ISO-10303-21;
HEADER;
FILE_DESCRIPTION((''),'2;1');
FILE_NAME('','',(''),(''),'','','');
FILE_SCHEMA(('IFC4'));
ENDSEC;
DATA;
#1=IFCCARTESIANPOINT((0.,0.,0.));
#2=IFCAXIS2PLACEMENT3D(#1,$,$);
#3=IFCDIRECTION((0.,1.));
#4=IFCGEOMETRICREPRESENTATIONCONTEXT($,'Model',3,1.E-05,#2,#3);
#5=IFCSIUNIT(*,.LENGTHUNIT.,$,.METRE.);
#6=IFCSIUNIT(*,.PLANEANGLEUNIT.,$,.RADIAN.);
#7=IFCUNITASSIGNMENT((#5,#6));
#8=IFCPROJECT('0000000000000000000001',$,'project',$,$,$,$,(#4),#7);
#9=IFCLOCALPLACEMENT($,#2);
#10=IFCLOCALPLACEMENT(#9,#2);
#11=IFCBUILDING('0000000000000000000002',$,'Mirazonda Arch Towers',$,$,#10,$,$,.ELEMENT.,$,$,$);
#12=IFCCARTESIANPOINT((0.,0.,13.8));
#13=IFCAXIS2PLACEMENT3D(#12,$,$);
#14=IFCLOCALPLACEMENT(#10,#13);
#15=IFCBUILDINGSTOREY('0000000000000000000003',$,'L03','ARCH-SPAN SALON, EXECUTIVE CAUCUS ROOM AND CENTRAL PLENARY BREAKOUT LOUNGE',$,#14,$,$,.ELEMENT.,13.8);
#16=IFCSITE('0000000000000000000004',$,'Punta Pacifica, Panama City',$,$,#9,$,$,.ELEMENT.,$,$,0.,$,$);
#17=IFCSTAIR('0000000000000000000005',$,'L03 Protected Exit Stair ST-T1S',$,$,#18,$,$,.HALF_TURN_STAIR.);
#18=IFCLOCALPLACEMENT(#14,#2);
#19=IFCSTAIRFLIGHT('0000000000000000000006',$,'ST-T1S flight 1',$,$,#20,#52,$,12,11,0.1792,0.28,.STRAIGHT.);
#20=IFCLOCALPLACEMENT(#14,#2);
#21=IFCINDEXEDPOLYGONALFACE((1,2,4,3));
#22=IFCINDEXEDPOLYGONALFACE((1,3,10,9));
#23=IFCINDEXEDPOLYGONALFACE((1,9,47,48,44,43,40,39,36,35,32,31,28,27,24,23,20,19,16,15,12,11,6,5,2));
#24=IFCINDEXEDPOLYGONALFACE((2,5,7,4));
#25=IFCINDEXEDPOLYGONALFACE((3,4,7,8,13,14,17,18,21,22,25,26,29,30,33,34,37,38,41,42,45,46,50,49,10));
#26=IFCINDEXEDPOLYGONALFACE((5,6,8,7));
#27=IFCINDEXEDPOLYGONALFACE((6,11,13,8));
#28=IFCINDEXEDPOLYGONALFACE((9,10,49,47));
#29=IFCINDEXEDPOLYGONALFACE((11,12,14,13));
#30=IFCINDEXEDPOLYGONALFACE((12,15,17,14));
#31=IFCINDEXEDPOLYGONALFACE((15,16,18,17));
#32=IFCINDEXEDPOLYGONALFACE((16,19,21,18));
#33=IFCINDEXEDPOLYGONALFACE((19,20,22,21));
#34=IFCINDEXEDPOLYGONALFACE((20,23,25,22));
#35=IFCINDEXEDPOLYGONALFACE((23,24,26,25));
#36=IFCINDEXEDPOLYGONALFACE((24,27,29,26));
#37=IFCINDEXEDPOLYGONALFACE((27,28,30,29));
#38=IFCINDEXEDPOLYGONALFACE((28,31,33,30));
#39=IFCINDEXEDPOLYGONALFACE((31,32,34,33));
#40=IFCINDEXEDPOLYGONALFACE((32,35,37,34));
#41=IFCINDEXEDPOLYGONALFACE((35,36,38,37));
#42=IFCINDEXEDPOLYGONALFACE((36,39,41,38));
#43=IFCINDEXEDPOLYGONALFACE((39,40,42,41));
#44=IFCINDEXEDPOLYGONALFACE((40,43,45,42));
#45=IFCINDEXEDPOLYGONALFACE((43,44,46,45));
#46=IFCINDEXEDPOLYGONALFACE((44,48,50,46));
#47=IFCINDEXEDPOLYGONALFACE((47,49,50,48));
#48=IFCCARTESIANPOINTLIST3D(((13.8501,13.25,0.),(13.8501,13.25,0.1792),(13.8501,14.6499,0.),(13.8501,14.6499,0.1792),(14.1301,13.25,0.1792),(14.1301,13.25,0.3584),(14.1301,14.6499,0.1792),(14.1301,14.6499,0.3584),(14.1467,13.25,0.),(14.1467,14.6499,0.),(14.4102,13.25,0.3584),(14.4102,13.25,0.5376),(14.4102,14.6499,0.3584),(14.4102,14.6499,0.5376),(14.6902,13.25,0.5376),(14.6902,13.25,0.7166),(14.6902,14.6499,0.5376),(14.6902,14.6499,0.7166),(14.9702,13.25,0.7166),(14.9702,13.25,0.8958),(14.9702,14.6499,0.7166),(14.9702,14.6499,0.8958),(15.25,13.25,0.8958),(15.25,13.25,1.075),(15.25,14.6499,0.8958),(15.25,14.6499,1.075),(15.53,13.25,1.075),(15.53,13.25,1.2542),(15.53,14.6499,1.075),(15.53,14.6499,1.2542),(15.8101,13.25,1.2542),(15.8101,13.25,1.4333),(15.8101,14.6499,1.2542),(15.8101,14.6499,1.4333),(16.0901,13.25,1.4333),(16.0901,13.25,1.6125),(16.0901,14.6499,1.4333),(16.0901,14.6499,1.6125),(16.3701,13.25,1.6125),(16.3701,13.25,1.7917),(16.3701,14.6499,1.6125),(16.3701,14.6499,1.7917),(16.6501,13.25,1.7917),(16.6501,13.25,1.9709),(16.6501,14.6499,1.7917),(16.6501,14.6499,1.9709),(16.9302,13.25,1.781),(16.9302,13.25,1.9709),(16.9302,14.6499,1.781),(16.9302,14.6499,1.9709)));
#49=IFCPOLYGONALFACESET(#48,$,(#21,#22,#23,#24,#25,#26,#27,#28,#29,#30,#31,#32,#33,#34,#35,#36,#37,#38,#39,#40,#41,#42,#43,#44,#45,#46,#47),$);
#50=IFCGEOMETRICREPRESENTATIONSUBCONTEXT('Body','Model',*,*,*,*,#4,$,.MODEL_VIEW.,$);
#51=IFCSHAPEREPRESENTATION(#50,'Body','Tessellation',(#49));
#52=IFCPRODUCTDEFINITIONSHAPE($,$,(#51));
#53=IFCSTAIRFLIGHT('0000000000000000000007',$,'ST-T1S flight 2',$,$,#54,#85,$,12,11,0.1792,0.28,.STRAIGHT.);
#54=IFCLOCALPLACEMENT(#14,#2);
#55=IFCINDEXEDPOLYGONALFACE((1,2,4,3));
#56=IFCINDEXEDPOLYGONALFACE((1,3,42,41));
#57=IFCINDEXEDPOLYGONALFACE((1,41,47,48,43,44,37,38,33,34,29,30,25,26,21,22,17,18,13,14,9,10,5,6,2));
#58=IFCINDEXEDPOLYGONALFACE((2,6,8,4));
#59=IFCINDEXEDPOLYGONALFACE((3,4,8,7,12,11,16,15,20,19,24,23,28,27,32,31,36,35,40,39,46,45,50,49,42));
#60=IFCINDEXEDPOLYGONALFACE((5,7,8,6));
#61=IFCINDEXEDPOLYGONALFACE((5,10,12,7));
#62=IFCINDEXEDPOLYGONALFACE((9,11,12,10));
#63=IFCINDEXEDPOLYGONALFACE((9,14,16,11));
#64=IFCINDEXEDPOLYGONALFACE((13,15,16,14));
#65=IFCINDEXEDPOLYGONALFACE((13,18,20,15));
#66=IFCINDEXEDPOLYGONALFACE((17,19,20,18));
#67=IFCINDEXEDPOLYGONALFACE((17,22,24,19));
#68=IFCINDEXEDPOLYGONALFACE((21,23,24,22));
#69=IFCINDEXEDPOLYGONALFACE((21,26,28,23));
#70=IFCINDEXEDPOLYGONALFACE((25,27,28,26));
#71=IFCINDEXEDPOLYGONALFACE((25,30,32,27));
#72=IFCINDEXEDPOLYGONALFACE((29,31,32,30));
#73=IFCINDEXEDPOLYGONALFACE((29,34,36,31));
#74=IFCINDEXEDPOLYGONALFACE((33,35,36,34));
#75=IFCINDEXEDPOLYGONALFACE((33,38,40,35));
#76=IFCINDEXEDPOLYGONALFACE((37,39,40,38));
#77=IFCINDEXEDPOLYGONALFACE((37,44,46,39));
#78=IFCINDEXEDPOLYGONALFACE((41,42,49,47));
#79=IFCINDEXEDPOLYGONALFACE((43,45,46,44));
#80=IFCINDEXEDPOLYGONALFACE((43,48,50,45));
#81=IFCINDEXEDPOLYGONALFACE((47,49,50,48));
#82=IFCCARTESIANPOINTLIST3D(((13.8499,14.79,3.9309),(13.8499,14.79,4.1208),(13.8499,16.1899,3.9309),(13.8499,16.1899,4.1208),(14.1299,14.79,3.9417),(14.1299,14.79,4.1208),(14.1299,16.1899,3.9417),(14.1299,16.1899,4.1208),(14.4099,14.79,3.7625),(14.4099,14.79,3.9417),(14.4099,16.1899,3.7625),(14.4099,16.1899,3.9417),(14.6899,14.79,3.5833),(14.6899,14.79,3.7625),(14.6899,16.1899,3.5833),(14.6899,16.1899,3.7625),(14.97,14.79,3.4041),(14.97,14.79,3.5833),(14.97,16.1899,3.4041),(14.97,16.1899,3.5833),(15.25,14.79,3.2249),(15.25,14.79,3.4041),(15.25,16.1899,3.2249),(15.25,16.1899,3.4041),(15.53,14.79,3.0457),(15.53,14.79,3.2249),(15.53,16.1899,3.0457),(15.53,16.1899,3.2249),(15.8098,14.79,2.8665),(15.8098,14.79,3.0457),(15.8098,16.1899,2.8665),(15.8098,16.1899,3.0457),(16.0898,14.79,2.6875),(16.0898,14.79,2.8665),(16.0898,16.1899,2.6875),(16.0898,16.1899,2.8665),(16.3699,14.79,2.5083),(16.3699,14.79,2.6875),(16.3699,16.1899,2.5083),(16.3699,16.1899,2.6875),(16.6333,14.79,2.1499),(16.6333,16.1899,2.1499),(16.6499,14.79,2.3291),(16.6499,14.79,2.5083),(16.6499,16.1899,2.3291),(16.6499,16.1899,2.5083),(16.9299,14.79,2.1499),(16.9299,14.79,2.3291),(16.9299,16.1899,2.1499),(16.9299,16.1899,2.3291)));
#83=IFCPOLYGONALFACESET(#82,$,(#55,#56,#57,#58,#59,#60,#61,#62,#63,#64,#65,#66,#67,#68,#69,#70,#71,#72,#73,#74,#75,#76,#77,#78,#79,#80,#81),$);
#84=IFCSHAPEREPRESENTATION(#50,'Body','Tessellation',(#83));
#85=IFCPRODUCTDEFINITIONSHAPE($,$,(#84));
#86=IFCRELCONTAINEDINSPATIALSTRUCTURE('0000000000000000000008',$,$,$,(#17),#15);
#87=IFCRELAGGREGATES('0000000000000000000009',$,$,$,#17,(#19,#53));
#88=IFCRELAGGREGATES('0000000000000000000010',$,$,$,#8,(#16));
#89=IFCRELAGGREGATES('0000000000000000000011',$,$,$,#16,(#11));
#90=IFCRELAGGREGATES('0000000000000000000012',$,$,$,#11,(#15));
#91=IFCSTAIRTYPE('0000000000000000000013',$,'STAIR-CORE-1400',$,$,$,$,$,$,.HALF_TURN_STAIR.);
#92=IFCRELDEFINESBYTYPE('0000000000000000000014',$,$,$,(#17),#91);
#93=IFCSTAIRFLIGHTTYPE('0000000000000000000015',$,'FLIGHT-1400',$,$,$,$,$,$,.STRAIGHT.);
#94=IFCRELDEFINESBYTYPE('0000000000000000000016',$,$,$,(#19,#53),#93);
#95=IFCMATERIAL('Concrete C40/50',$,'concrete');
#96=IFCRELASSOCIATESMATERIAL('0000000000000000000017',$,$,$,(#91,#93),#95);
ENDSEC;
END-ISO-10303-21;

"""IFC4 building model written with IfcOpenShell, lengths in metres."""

from ifc_helpers import new_model, si_unit, direction, frame, origin, place, context, subcontext, project, spatial, polyline, outline, extrude, material, type_object, element, aggregate, save


model = new_model("IFC4")

# Units and contexts
model_context = context("Model", 3, precision=1e-05, world=origin(), true_north=direction((0.0, 1.0)))
body_context = subcontext(model_context, "Body", "Model", "MODEL_VIEW")
ifc_project = project(units=[si_unit("LENGTHUNIT", "METRE"), si_unit("PLANEANGLEUNIT", "RADIAN")], contexts=[model_context])

# Site, building, storey
site_placement = place(None, origin())
site = spatial("IfcSite", under=ifc_project, at=site_placement, Name="Punta Pacifica, Panama City", CompositionType="ELEMENT", RefElevation=0.0)
building_placement = place(site_placement, origin())
building = spatial("IfcBuilding", under=site, at=building_placement, Name="Mirazonda Arch Towers", CompositionType="ELEMENT")
storey_placement = place(building_placement, frame((0.0, 0.0, 13.8)))
storey = spatial("IfcBuildingStorey", under=building, at=storey_placement, Name="L03", Description="ARCH-SPAN SALON, EXECUTIVE CAUCUS ROOM AND CENTRAL PLENARY BREAKOUT LOUNGE", CompositionType="ELEMENT", Elevation=13.8)

# Shared definitions
ifc_material_1 = material(Name="Concrete C40/50", Category="concrete")

# Stair, stair flights
stair_type = type_object("IfcStairType", Name="STAIR-CORE-1400", PredefinedType="HALF_TURN_STAIR", material=ifc_material_1)
stair_placement = place(storey_placement, origin())
stair = element("IfcStair", 1, at=stair_placement, inside=storey, type_object=stair_type, Name="L03 Protected Exit Stair ST-T1S", PredefinedType="HALF_TURN_STAIR")
stair_flight_type = type_object("IfcStairFlightType", Name="FLIGHT-1400", PredefinedType="STRAIGHT", material=ifc_material_1)
stair_flight_1_placement = place(storey_placement, frame((13.8501, 13.95, 0.0), z_axis=(0.0, 0.0, 1.0), x_axis=(1.0, 0.0, 0.0)))
stair_flight_1 = element("IfcStairFlight", 2, at=stair_flight_1_placement, type_object=stair_flight_type, Name="ST-T1S flight 1", NumberOfRisers=12, NumberOfTreads=11, PredefinedType="STRAIGHT", RiserHeight=0.1792, TreadLength=0.28, context=body_context, shape_type="SweptSolid", body=[
    extrude(outline(polyline([(0.0, 0.0), (0.0, 0.1792), (0.28, 0.1792), (0.28, 0.3584), (0.5601, 0.3584), (0.5601, 0.5376), (0.8401, 0.5376), (0.8401, 0.7166), (1.1201, 0.7166), (1.1201, 0.8958), (1.3999, 0.8958), (1.3999, 1.075), (1.6799, 1.075), (1.6799, 1.2542), (1.96, 1.2542), (1.96, 1.4333), (2.24, 1.4333), (2.24, 1.6125), (2.52, 1.6125), (2.52, 1.7917), (2.8, 1.7917), (2.8, 1.9709), (3.0801, 1.9709), (3.0801, 2.1499), (3.0801, 1.781), (0.2966, 0.0), (0.0, 0.0)])), frame((0.0, 0.7, 0.0), z_axis=(0.0, -1.0, 0.0), x_axis=(1.0, 0.0, 0.0)), (0.0, 0.0, 1.0), 1.3999),
])
stair_flight_2_placement = place(storey_placement, frame((16.9299, 15.49, 2.1499), z_axis=(0.0, 0.0, 1.0), x_axis=(-1.0, 0.0, 0.0)))
stair_flight_2 = element("IfcStairFlight", 3, at=stair_flight_2_placement, type_object=stair_flight_type, Name="ST-T1S flight 2", NumberOfRisers=12, NumberOfTreads=11, PredefinedType="STRAIGHT", RiserHeight=0.1792, TreadLength=0.28, context=body_context, shape_type="SweptSolid", body=[
    extrude(outline(polyline([(0.0, 0.0), (0.0, 0.1792), (0.28, 0.1792), (0.28, 0.3584), (0.5601, 0.3584), (0.5601, 0.5376), (0.8401, 0.5376), (0.8401, 0.7166), (1.1201, 0.7166), (1.1201, 0.8958), (1.3999, 0.8958), (1.3999, 1.075), (1.6799, 1.075), (1.6799, 1.2542), (1.96, 1.2542), (1.96, 1.4333), (2.24, 1.4333), (2.24, 1.6125), (2.52, 1.6125), (2.52, 1.7917), (2.8, 1.7917), (2.8, 1.9709), (3.0801, 1.9709), (3.0801, 2.1499), (3.0801, 1.781), (0.2966, 0.0), (0.0, 0.0)])), frame((0.0, 0.7, 0.0), z_axis=(0.0, -1.0, 0.0), x_axis=(1.0, 0.0, 0.0)), (0.0, 0.0, 1.0), 1.3999),
])
aggregate(stair, [stair_flight_1, stair_flight_2])

save(model, "model.ifc")
